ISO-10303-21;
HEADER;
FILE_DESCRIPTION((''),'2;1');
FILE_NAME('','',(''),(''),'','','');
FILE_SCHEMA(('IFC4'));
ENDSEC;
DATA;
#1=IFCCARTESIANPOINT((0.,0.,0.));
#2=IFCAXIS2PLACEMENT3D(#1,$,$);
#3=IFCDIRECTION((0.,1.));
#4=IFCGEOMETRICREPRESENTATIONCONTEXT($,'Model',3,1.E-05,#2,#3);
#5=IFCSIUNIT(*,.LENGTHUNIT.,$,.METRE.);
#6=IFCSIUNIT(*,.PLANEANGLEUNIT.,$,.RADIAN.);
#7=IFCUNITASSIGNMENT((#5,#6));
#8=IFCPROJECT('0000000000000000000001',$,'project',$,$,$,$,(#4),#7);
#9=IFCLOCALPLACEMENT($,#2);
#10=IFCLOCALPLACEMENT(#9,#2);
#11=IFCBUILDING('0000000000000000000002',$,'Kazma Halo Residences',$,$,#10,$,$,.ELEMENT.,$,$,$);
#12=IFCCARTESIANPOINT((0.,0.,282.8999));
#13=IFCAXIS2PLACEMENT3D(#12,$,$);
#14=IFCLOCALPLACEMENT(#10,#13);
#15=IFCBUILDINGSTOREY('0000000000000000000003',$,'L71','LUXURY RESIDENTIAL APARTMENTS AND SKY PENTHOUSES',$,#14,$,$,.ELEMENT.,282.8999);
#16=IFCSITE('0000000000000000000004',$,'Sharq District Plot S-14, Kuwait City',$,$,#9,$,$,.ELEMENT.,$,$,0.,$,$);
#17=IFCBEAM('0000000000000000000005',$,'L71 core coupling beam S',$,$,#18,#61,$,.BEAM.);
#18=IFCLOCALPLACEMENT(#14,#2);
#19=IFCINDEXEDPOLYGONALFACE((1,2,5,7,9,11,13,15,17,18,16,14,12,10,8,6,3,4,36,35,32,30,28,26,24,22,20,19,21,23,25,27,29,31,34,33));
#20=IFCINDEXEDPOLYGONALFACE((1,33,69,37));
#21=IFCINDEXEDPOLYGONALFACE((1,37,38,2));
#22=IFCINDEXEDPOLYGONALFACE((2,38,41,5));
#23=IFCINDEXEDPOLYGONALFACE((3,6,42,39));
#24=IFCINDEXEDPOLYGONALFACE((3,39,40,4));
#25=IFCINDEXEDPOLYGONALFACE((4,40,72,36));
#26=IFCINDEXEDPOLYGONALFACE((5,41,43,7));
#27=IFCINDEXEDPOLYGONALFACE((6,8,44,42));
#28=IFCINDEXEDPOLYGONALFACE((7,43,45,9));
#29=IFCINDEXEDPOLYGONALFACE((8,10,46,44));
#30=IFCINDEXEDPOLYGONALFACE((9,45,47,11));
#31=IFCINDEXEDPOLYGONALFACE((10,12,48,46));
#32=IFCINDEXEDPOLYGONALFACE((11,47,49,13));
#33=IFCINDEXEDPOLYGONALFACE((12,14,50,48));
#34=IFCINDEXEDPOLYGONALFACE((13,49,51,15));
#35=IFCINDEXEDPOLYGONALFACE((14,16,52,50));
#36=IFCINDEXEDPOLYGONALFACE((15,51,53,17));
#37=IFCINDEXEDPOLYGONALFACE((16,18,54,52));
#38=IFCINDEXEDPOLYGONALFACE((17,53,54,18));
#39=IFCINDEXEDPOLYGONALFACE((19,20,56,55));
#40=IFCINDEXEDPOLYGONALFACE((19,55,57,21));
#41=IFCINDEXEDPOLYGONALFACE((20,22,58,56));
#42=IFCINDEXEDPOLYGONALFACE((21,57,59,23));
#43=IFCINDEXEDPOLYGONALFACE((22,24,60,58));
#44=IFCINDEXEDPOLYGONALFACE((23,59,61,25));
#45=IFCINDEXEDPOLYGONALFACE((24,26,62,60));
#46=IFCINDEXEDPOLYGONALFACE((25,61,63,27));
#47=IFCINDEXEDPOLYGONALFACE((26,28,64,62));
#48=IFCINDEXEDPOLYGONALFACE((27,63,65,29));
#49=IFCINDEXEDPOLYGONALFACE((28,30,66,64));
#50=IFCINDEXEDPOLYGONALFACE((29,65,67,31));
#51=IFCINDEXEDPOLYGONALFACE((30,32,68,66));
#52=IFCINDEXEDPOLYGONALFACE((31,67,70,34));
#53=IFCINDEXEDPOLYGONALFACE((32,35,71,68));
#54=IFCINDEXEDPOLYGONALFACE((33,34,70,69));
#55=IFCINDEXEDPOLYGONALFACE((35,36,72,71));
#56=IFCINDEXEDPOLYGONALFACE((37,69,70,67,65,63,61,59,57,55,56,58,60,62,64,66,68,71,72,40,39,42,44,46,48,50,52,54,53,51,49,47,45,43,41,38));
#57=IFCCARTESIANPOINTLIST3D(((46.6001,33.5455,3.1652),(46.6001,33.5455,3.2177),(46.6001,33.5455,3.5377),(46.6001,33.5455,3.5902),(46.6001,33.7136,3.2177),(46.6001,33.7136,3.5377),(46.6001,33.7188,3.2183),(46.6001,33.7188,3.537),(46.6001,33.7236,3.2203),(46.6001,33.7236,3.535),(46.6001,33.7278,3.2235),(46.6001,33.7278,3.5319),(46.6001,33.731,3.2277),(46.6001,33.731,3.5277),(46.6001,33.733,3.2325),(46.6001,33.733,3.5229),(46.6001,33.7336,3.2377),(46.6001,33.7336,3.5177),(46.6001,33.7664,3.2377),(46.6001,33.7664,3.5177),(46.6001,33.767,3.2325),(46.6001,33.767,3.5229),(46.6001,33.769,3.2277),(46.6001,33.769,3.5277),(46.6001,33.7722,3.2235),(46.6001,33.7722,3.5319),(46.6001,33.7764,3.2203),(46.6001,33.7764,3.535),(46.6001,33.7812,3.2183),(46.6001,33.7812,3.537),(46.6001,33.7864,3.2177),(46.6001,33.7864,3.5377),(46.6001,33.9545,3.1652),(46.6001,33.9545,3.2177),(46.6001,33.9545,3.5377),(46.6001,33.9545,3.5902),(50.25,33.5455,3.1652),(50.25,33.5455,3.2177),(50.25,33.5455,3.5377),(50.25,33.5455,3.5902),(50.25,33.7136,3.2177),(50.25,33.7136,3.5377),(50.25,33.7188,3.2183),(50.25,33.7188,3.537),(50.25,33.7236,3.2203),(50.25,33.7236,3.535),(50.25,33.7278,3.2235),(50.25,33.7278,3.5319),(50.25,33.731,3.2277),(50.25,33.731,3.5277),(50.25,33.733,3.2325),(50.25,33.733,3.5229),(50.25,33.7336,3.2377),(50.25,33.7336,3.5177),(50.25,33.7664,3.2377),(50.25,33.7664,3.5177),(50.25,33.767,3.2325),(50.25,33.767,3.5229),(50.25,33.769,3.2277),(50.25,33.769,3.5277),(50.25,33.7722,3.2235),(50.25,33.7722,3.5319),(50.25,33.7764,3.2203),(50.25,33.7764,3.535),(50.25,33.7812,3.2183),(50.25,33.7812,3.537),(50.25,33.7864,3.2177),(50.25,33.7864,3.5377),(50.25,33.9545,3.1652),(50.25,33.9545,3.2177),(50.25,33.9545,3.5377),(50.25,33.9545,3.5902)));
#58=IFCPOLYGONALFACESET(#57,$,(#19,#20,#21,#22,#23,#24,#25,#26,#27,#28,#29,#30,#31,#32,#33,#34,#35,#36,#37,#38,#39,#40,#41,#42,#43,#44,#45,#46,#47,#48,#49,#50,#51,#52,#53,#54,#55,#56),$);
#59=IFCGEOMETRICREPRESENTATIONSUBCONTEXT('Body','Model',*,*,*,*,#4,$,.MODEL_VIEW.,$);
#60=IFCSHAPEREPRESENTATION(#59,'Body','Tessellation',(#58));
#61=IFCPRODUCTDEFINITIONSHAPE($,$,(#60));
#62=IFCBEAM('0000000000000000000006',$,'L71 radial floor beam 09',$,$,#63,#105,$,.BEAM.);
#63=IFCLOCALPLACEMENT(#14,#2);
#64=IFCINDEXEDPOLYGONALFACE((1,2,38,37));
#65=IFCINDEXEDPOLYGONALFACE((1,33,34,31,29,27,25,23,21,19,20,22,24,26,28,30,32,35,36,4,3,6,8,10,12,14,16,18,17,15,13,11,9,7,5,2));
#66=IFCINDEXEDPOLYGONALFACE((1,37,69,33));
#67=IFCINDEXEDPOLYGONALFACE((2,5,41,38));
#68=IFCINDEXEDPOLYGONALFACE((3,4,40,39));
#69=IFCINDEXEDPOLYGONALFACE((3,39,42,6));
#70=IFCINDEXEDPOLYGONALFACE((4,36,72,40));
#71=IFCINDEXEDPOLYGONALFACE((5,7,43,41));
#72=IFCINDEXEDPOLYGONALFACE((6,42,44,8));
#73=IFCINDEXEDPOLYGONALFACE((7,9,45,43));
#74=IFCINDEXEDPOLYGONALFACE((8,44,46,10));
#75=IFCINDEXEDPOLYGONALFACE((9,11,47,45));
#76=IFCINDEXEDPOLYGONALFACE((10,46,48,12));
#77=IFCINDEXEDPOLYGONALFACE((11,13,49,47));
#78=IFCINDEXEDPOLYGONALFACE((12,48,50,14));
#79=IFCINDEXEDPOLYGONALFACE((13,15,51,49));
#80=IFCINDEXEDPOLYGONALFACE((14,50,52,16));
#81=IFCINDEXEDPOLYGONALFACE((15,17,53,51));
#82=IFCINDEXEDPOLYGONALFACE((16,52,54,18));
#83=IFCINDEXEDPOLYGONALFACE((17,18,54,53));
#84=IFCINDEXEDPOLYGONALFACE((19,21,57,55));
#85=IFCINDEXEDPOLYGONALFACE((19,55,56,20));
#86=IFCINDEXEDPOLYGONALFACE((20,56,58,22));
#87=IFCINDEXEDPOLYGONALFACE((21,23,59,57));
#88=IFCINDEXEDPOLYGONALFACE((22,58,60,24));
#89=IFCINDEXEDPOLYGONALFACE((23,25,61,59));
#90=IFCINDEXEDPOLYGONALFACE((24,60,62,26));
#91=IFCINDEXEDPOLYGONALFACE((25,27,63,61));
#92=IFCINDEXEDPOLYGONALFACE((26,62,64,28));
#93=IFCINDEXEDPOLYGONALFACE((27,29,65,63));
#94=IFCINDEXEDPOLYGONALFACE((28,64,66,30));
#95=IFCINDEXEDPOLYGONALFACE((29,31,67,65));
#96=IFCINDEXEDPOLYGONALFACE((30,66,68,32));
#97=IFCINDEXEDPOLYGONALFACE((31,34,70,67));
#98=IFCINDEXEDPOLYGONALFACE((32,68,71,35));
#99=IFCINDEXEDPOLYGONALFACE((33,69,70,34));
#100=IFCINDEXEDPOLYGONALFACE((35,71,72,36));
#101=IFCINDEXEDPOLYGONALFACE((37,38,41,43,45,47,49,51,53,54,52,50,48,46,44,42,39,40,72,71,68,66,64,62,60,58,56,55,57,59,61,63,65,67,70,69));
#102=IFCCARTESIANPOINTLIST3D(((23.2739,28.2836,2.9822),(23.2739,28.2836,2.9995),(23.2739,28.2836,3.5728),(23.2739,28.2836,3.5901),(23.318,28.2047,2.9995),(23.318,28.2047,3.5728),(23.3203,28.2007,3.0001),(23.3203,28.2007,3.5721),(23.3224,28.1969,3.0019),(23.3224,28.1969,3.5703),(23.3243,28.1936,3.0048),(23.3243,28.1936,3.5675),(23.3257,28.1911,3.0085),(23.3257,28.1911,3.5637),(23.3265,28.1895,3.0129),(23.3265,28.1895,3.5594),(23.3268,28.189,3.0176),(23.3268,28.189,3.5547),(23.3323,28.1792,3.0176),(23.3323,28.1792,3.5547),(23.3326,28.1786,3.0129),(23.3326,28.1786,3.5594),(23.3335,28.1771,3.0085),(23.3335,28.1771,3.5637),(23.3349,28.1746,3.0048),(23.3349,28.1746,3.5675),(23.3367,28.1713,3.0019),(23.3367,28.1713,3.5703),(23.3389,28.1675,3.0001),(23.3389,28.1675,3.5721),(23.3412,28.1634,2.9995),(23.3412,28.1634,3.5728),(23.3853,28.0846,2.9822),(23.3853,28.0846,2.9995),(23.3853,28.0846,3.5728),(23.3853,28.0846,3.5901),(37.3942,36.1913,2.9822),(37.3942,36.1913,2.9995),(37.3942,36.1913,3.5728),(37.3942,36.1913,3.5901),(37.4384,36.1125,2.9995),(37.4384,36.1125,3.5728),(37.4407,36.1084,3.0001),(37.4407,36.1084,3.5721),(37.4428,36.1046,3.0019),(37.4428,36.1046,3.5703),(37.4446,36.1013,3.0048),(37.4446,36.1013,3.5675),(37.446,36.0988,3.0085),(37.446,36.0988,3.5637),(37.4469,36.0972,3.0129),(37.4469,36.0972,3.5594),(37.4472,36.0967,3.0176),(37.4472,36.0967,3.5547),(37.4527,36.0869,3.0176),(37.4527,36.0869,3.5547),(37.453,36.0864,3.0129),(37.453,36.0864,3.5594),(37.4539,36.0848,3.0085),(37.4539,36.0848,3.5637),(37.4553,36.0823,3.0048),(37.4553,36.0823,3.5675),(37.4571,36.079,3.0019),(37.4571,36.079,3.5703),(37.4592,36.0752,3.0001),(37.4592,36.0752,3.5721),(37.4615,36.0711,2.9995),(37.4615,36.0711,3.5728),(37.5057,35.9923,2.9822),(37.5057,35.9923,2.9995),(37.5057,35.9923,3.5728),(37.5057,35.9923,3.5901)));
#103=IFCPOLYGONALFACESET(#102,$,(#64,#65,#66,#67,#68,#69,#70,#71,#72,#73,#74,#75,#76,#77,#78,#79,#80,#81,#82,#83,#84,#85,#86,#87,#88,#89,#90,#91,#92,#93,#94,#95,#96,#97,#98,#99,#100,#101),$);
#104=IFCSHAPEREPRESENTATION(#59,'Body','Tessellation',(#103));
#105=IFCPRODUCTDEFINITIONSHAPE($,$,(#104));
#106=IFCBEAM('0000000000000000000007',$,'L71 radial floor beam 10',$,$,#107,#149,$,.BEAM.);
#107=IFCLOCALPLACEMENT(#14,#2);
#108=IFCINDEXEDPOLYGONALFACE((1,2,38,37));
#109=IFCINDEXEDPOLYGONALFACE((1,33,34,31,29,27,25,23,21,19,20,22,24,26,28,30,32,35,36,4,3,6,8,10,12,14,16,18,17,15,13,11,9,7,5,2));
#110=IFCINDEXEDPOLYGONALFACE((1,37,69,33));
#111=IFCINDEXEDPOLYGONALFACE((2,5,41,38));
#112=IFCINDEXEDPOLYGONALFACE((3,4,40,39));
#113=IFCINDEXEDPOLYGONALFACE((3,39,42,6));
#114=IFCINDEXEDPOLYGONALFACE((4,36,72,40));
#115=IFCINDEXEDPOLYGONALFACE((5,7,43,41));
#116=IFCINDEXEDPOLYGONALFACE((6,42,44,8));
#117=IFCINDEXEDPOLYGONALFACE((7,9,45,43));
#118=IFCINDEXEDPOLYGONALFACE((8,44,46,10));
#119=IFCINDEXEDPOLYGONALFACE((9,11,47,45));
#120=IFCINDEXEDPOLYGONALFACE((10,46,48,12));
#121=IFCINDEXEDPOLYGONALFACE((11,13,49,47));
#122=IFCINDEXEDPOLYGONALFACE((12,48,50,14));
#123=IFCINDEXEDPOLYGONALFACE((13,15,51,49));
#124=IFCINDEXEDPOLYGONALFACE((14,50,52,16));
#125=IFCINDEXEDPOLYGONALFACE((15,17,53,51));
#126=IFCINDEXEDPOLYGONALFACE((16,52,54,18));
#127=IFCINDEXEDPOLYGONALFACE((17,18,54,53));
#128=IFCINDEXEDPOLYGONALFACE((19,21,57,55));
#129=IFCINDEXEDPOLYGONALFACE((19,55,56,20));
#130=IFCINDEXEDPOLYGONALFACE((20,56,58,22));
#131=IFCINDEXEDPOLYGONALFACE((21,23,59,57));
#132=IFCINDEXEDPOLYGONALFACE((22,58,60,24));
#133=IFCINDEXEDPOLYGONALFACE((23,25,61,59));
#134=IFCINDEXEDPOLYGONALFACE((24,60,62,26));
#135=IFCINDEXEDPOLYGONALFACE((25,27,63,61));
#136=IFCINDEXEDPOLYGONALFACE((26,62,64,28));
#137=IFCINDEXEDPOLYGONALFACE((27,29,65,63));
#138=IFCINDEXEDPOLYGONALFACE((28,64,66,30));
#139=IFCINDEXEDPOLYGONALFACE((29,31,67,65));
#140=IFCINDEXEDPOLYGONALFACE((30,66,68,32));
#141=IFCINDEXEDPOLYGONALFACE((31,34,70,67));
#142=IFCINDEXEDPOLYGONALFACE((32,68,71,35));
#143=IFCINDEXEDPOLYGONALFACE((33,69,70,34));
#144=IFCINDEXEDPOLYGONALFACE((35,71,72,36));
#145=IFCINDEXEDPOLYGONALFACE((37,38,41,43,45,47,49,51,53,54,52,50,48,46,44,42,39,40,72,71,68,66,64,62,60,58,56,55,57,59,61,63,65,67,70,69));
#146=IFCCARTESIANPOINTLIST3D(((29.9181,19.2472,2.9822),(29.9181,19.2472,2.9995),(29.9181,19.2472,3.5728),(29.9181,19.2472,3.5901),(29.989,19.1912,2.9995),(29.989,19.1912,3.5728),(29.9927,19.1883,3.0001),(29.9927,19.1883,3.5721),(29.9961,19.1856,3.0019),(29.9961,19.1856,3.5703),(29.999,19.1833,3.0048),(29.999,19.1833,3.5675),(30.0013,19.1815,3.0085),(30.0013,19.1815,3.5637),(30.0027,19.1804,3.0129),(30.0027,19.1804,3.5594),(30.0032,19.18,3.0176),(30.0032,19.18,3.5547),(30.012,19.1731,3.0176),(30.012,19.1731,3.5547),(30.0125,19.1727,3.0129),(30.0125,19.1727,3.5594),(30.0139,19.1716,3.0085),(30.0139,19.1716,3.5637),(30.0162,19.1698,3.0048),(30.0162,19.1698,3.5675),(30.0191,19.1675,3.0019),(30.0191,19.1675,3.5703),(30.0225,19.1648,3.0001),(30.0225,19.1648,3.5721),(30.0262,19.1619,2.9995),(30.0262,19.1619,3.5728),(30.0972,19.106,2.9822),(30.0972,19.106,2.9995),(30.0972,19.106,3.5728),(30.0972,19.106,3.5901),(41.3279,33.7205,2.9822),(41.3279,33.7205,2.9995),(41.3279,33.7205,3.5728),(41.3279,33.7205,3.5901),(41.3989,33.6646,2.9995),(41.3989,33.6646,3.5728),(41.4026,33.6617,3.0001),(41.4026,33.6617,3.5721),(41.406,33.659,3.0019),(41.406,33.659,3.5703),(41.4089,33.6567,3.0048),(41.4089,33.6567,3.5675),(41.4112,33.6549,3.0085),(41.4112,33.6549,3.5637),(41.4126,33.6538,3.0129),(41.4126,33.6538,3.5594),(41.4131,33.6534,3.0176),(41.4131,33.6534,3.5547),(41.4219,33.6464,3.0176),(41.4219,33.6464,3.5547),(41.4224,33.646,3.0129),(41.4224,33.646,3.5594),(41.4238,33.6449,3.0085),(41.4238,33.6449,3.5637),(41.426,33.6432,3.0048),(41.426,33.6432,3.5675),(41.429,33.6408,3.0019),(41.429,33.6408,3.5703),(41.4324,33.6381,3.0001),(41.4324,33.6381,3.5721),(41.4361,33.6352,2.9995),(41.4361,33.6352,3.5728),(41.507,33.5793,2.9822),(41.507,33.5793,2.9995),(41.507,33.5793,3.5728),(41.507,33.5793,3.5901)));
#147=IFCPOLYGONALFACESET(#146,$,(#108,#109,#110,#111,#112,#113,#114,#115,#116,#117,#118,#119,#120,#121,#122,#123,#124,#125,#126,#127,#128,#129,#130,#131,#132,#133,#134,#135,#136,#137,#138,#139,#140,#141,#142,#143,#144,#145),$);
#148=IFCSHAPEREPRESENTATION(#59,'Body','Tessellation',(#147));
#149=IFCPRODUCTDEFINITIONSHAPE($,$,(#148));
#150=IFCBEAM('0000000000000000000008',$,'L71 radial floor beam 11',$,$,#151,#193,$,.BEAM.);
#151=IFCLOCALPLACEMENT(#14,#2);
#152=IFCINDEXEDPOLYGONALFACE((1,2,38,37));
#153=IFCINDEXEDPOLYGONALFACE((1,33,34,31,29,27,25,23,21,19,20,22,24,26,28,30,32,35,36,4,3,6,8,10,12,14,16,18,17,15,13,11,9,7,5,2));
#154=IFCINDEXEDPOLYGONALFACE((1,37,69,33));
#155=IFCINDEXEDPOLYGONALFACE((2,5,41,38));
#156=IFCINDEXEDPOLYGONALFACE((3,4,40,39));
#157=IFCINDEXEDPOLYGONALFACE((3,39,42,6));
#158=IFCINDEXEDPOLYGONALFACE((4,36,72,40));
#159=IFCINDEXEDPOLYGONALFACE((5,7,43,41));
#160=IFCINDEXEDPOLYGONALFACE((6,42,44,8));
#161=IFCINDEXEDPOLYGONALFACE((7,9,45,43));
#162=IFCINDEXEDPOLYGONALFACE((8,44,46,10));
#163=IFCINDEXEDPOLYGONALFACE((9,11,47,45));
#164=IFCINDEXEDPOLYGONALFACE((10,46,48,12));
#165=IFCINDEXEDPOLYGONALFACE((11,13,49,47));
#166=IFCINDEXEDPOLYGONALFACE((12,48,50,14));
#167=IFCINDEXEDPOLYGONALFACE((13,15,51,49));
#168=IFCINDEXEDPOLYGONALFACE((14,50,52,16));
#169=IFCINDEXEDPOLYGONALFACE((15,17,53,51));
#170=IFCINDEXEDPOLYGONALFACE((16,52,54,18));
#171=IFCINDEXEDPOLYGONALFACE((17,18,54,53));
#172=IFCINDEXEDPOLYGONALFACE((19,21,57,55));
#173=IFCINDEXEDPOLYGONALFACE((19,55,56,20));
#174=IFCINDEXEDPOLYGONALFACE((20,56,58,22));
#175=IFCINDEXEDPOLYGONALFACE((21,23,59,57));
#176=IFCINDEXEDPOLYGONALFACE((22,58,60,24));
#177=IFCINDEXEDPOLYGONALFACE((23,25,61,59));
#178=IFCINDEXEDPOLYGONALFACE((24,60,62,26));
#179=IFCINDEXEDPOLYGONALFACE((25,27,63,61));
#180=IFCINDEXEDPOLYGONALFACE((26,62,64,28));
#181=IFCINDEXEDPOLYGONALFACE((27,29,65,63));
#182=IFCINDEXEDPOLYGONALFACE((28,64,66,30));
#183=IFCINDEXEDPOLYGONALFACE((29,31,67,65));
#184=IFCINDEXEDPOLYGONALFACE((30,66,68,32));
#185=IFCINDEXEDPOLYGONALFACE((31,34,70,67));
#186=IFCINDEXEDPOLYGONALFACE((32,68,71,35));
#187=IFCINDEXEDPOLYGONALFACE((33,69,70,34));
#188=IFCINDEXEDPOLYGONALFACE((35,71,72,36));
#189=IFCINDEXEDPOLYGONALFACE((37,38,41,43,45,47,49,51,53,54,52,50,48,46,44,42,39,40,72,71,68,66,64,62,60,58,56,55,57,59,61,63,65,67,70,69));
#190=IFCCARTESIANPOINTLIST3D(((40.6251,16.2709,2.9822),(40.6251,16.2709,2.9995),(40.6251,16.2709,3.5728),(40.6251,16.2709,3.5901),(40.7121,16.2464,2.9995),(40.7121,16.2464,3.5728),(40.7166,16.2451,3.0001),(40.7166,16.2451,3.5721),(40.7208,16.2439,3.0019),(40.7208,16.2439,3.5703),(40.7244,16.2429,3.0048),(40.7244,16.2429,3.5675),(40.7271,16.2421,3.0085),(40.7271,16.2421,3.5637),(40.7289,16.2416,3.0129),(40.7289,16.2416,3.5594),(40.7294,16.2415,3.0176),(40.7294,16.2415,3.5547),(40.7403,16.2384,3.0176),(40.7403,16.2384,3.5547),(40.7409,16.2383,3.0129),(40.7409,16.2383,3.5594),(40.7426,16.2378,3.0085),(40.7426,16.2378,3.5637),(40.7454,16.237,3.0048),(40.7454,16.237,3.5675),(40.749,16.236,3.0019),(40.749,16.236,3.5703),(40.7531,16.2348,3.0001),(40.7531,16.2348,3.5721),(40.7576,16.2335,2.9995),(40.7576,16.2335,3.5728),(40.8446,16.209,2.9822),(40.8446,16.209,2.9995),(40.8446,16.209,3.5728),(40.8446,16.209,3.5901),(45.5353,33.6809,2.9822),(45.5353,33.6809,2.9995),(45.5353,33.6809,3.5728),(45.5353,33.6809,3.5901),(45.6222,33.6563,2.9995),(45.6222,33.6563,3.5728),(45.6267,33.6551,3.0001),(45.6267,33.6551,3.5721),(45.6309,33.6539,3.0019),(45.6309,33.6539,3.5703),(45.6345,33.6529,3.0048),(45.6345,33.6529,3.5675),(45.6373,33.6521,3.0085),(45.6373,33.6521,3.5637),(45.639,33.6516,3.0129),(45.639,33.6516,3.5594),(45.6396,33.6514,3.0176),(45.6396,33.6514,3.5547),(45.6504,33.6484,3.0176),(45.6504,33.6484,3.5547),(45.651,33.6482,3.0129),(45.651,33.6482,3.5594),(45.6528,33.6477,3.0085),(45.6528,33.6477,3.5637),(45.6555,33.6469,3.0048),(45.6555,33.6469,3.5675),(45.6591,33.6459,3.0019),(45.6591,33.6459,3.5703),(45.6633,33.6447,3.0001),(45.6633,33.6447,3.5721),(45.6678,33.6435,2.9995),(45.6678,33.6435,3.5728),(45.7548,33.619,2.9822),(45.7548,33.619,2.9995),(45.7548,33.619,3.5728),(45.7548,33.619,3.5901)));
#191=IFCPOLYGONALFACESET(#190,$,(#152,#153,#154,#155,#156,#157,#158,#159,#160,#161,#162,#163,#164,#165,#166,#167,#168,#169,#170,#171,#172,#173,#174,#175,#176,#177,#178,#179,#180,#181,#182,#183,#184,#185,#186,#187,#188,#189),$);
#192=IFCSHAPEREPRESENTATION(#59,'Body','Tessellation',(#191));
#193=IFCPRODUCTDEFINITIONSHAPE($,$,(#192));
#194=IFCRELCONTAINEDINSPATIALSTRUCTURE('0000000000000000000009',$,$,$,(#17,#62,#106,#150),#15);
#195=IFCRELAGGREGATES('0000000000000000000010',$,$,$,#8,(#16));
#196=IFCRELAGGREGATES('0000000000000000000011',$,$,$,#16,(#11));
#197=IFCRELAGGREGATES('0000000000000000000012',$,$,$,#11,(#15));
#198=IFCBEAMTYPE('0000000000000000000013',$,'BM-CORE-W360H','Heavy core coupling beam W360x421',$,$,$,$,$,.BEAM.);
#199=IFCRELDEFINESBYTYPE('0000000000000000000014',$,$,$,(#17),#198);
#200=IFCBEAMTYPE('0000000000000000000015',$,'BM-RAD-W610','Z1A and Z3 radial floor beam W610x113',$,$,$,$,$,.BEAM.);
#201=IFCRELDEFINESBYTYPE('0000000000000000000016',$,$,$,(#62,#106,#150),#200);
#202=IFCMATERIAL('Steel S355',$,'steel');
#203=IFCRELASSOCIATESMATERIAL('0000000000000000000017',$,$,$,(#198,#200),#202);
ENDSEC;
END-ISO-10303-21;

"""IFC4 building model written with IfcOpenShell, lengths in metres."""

from ifc_helpers import new_model, si_unit, direction, frame, origin, origin_2d, place, context, subcontext, project, spatial, i_section, extrude, material, material_profile, profile_set, type_object, element, save


model = new_model("IFC4")

# Units and contexts
model_context = context("Model", 3, precision=1e-05, world=origin(), true_north=direction((0.0, 1.0)))
body_context = subcontext(model_context, "Body", "Model", "MODEL_VIEW")
ifc_project = project(units=[si_unit("LENGTHUNIT", "METRE"), si_unit("PLANEANGLEUNIT", "RADIAN")], contexts=[model_context])

# Site, building, storey
site_placement = place(None, origin())
site = spatial("IfcSite", under=ifc_project, at=site_placement, Name="Sharq District Plot S-14, Kuwait City", CompositionType="ELEMENT", RefElevation=0.0)
building_placement = place(site_placement, origin())
building = spatial("IfcBuilding", under=site, at=building_placement, Name="Kazma Halo Residences", CompositionType="ELEMENT")
storey_placement = place(building_placement, frame((0.0, 0.0, 282.8999)))
storey = spatial("IfcBuildingStorey", under=building, at=storey_placement, Name="L71", Description="LUXURY RESIDENTIAL APARTMENTS AND SKY PENTHOUSES", CompositionType="ELEMENT", Elevation=282.8999)

# Beams
ifc_material_1 = material(Name="Steel S355", Category="steel")
ifc_material_profile_1 = material_profile(ifc_material_1, i_section(OverallWidth=0.4089, OverallDepth=0.425, WebThickness=0.0327, FlangeThickness=0.0525, FilletRadius=0.02, at=origin_2d()), Name="W360x421")
ifc_profile_set_1 = profile_set([ifc_material_profile_1], Name="Steel S355")
beam_type_1 = type_object("IfcBeamType", Name="BM-CORE-W360H", Description="Heavy core coupling beam W360x421", PredefinedType="BEAM", material=ifc_profile_set_1)
beam_1_placement = place(storey_placement, frame((46.6001, 33.75, 3.3777), z_axis=(1.0, 0.0, 0.0), x_axis=(0.0, 1.0, 0.0)))
element("IfcBeam", 1, at=beam_1_placement, inside=storey, type_object=beam_type_1, Name="L71 core coupling beam S", PredefinedType="BEAM", context=body_context, shape_type="SweptSolid", body=[
    extrude(i_section(OverallWidth=0.4089, OverallDepth=0.425, WebThickness=0.0327, FlangeThickness=0.0525, FilletRadius=0.02, at=origin_2d()), origin(), (0.0, 0.0, 1.0), 3.6499),
])
ifc_material_profile_2 = material_profile(ifc_material_1, i_section(OverallWidth=0.228, OverallDepth=0.6079, WebThickness=0.0112, FlangeThickness=0.0173, FilletRadius=0.0181, at=origin_2d()), Name="W610x113")
ifc_profile_set_2 = profile_set([ifc_material_profile_2], Name="Steel S355")
beam_type_2 = type_object("IfcBeamType", Name="BM-RAD-W610", Description="Z1A and Z3 radial floor beam W610x113", PredefinedType="BEAM", material=ifc_profile_set_2)
beam_2_placement = place(storey_placement, frame((37.45, 36.0918, 3.2861), z_axis=(-0.872498, -0.488618, 0.0), x_axis=(0.488618, -0.872498, 0.0)))
element("IfcBeam", 2, at=beam_2_placement, inside=storey, type_object=beam_type_2, Name="L71 radial floor beam 09", PredefinedType="BEAM", context=body_context, shape_type="SweptSolid", body=[
    extrude(i_section(OverallWidth=0.228, OverallDepth=0.6079, WebThickness=0.0112, FlangeThickness=0.0173, FilletRadius=0.0181, at=origin_2d()), origin(), (0.0, 0.0, 1.0), 16.1838),
])
beam_3_placement = place(storey_placement, frame((41.4175, 33.6499, 3.2861), z_axis=(-0.619094, -0.785317, 0.0), x_axis=(0.785317, -0.619094, 0.0)))
element("IfcBeam", 3, at=beam_3_placement, inside=storey, type_object=beam_type_2, Name="L71 radial floor beam 10", PredefinedType="BEAM", context=body_context, shape_type="SweptSolid", body=[
    extrude(i_section(OverallWidth=0.228, OverallDepth=0.6079, WebThickness=0.0112, FlangeThickness=0.0173, FilletRadius=0.0181, at=origin_2d()), origin(), (0.0, 0.0, 1.0), 18.4299),
])
beam_4_placement = place(storey_placement, frame((45.645, 33.6499, 3.2861), z_axis=(-0.271443, -0.962454, 0.0), x_axis=(0.962454, -0.271443, 0.0)))
element("IfcBeam", 4, at=beam_4_placement, inside=storey, type_object=beam_type_2, Name="L71 radial floor beam 11", PredefinedType="BEAM", context=body_context, shape_type="SweptSolid", body=[
    extrude(i_section(OverallWidth=0.228, OverallDepth=0.6079, WebThickness=0.0112, FlangeThickness=0.0173, FilletRadius=0.0181, at=origin_2d()), origin(), (0.0, 0.0, 1.0), 18.0891),
])

save(model, "model.ifc")
